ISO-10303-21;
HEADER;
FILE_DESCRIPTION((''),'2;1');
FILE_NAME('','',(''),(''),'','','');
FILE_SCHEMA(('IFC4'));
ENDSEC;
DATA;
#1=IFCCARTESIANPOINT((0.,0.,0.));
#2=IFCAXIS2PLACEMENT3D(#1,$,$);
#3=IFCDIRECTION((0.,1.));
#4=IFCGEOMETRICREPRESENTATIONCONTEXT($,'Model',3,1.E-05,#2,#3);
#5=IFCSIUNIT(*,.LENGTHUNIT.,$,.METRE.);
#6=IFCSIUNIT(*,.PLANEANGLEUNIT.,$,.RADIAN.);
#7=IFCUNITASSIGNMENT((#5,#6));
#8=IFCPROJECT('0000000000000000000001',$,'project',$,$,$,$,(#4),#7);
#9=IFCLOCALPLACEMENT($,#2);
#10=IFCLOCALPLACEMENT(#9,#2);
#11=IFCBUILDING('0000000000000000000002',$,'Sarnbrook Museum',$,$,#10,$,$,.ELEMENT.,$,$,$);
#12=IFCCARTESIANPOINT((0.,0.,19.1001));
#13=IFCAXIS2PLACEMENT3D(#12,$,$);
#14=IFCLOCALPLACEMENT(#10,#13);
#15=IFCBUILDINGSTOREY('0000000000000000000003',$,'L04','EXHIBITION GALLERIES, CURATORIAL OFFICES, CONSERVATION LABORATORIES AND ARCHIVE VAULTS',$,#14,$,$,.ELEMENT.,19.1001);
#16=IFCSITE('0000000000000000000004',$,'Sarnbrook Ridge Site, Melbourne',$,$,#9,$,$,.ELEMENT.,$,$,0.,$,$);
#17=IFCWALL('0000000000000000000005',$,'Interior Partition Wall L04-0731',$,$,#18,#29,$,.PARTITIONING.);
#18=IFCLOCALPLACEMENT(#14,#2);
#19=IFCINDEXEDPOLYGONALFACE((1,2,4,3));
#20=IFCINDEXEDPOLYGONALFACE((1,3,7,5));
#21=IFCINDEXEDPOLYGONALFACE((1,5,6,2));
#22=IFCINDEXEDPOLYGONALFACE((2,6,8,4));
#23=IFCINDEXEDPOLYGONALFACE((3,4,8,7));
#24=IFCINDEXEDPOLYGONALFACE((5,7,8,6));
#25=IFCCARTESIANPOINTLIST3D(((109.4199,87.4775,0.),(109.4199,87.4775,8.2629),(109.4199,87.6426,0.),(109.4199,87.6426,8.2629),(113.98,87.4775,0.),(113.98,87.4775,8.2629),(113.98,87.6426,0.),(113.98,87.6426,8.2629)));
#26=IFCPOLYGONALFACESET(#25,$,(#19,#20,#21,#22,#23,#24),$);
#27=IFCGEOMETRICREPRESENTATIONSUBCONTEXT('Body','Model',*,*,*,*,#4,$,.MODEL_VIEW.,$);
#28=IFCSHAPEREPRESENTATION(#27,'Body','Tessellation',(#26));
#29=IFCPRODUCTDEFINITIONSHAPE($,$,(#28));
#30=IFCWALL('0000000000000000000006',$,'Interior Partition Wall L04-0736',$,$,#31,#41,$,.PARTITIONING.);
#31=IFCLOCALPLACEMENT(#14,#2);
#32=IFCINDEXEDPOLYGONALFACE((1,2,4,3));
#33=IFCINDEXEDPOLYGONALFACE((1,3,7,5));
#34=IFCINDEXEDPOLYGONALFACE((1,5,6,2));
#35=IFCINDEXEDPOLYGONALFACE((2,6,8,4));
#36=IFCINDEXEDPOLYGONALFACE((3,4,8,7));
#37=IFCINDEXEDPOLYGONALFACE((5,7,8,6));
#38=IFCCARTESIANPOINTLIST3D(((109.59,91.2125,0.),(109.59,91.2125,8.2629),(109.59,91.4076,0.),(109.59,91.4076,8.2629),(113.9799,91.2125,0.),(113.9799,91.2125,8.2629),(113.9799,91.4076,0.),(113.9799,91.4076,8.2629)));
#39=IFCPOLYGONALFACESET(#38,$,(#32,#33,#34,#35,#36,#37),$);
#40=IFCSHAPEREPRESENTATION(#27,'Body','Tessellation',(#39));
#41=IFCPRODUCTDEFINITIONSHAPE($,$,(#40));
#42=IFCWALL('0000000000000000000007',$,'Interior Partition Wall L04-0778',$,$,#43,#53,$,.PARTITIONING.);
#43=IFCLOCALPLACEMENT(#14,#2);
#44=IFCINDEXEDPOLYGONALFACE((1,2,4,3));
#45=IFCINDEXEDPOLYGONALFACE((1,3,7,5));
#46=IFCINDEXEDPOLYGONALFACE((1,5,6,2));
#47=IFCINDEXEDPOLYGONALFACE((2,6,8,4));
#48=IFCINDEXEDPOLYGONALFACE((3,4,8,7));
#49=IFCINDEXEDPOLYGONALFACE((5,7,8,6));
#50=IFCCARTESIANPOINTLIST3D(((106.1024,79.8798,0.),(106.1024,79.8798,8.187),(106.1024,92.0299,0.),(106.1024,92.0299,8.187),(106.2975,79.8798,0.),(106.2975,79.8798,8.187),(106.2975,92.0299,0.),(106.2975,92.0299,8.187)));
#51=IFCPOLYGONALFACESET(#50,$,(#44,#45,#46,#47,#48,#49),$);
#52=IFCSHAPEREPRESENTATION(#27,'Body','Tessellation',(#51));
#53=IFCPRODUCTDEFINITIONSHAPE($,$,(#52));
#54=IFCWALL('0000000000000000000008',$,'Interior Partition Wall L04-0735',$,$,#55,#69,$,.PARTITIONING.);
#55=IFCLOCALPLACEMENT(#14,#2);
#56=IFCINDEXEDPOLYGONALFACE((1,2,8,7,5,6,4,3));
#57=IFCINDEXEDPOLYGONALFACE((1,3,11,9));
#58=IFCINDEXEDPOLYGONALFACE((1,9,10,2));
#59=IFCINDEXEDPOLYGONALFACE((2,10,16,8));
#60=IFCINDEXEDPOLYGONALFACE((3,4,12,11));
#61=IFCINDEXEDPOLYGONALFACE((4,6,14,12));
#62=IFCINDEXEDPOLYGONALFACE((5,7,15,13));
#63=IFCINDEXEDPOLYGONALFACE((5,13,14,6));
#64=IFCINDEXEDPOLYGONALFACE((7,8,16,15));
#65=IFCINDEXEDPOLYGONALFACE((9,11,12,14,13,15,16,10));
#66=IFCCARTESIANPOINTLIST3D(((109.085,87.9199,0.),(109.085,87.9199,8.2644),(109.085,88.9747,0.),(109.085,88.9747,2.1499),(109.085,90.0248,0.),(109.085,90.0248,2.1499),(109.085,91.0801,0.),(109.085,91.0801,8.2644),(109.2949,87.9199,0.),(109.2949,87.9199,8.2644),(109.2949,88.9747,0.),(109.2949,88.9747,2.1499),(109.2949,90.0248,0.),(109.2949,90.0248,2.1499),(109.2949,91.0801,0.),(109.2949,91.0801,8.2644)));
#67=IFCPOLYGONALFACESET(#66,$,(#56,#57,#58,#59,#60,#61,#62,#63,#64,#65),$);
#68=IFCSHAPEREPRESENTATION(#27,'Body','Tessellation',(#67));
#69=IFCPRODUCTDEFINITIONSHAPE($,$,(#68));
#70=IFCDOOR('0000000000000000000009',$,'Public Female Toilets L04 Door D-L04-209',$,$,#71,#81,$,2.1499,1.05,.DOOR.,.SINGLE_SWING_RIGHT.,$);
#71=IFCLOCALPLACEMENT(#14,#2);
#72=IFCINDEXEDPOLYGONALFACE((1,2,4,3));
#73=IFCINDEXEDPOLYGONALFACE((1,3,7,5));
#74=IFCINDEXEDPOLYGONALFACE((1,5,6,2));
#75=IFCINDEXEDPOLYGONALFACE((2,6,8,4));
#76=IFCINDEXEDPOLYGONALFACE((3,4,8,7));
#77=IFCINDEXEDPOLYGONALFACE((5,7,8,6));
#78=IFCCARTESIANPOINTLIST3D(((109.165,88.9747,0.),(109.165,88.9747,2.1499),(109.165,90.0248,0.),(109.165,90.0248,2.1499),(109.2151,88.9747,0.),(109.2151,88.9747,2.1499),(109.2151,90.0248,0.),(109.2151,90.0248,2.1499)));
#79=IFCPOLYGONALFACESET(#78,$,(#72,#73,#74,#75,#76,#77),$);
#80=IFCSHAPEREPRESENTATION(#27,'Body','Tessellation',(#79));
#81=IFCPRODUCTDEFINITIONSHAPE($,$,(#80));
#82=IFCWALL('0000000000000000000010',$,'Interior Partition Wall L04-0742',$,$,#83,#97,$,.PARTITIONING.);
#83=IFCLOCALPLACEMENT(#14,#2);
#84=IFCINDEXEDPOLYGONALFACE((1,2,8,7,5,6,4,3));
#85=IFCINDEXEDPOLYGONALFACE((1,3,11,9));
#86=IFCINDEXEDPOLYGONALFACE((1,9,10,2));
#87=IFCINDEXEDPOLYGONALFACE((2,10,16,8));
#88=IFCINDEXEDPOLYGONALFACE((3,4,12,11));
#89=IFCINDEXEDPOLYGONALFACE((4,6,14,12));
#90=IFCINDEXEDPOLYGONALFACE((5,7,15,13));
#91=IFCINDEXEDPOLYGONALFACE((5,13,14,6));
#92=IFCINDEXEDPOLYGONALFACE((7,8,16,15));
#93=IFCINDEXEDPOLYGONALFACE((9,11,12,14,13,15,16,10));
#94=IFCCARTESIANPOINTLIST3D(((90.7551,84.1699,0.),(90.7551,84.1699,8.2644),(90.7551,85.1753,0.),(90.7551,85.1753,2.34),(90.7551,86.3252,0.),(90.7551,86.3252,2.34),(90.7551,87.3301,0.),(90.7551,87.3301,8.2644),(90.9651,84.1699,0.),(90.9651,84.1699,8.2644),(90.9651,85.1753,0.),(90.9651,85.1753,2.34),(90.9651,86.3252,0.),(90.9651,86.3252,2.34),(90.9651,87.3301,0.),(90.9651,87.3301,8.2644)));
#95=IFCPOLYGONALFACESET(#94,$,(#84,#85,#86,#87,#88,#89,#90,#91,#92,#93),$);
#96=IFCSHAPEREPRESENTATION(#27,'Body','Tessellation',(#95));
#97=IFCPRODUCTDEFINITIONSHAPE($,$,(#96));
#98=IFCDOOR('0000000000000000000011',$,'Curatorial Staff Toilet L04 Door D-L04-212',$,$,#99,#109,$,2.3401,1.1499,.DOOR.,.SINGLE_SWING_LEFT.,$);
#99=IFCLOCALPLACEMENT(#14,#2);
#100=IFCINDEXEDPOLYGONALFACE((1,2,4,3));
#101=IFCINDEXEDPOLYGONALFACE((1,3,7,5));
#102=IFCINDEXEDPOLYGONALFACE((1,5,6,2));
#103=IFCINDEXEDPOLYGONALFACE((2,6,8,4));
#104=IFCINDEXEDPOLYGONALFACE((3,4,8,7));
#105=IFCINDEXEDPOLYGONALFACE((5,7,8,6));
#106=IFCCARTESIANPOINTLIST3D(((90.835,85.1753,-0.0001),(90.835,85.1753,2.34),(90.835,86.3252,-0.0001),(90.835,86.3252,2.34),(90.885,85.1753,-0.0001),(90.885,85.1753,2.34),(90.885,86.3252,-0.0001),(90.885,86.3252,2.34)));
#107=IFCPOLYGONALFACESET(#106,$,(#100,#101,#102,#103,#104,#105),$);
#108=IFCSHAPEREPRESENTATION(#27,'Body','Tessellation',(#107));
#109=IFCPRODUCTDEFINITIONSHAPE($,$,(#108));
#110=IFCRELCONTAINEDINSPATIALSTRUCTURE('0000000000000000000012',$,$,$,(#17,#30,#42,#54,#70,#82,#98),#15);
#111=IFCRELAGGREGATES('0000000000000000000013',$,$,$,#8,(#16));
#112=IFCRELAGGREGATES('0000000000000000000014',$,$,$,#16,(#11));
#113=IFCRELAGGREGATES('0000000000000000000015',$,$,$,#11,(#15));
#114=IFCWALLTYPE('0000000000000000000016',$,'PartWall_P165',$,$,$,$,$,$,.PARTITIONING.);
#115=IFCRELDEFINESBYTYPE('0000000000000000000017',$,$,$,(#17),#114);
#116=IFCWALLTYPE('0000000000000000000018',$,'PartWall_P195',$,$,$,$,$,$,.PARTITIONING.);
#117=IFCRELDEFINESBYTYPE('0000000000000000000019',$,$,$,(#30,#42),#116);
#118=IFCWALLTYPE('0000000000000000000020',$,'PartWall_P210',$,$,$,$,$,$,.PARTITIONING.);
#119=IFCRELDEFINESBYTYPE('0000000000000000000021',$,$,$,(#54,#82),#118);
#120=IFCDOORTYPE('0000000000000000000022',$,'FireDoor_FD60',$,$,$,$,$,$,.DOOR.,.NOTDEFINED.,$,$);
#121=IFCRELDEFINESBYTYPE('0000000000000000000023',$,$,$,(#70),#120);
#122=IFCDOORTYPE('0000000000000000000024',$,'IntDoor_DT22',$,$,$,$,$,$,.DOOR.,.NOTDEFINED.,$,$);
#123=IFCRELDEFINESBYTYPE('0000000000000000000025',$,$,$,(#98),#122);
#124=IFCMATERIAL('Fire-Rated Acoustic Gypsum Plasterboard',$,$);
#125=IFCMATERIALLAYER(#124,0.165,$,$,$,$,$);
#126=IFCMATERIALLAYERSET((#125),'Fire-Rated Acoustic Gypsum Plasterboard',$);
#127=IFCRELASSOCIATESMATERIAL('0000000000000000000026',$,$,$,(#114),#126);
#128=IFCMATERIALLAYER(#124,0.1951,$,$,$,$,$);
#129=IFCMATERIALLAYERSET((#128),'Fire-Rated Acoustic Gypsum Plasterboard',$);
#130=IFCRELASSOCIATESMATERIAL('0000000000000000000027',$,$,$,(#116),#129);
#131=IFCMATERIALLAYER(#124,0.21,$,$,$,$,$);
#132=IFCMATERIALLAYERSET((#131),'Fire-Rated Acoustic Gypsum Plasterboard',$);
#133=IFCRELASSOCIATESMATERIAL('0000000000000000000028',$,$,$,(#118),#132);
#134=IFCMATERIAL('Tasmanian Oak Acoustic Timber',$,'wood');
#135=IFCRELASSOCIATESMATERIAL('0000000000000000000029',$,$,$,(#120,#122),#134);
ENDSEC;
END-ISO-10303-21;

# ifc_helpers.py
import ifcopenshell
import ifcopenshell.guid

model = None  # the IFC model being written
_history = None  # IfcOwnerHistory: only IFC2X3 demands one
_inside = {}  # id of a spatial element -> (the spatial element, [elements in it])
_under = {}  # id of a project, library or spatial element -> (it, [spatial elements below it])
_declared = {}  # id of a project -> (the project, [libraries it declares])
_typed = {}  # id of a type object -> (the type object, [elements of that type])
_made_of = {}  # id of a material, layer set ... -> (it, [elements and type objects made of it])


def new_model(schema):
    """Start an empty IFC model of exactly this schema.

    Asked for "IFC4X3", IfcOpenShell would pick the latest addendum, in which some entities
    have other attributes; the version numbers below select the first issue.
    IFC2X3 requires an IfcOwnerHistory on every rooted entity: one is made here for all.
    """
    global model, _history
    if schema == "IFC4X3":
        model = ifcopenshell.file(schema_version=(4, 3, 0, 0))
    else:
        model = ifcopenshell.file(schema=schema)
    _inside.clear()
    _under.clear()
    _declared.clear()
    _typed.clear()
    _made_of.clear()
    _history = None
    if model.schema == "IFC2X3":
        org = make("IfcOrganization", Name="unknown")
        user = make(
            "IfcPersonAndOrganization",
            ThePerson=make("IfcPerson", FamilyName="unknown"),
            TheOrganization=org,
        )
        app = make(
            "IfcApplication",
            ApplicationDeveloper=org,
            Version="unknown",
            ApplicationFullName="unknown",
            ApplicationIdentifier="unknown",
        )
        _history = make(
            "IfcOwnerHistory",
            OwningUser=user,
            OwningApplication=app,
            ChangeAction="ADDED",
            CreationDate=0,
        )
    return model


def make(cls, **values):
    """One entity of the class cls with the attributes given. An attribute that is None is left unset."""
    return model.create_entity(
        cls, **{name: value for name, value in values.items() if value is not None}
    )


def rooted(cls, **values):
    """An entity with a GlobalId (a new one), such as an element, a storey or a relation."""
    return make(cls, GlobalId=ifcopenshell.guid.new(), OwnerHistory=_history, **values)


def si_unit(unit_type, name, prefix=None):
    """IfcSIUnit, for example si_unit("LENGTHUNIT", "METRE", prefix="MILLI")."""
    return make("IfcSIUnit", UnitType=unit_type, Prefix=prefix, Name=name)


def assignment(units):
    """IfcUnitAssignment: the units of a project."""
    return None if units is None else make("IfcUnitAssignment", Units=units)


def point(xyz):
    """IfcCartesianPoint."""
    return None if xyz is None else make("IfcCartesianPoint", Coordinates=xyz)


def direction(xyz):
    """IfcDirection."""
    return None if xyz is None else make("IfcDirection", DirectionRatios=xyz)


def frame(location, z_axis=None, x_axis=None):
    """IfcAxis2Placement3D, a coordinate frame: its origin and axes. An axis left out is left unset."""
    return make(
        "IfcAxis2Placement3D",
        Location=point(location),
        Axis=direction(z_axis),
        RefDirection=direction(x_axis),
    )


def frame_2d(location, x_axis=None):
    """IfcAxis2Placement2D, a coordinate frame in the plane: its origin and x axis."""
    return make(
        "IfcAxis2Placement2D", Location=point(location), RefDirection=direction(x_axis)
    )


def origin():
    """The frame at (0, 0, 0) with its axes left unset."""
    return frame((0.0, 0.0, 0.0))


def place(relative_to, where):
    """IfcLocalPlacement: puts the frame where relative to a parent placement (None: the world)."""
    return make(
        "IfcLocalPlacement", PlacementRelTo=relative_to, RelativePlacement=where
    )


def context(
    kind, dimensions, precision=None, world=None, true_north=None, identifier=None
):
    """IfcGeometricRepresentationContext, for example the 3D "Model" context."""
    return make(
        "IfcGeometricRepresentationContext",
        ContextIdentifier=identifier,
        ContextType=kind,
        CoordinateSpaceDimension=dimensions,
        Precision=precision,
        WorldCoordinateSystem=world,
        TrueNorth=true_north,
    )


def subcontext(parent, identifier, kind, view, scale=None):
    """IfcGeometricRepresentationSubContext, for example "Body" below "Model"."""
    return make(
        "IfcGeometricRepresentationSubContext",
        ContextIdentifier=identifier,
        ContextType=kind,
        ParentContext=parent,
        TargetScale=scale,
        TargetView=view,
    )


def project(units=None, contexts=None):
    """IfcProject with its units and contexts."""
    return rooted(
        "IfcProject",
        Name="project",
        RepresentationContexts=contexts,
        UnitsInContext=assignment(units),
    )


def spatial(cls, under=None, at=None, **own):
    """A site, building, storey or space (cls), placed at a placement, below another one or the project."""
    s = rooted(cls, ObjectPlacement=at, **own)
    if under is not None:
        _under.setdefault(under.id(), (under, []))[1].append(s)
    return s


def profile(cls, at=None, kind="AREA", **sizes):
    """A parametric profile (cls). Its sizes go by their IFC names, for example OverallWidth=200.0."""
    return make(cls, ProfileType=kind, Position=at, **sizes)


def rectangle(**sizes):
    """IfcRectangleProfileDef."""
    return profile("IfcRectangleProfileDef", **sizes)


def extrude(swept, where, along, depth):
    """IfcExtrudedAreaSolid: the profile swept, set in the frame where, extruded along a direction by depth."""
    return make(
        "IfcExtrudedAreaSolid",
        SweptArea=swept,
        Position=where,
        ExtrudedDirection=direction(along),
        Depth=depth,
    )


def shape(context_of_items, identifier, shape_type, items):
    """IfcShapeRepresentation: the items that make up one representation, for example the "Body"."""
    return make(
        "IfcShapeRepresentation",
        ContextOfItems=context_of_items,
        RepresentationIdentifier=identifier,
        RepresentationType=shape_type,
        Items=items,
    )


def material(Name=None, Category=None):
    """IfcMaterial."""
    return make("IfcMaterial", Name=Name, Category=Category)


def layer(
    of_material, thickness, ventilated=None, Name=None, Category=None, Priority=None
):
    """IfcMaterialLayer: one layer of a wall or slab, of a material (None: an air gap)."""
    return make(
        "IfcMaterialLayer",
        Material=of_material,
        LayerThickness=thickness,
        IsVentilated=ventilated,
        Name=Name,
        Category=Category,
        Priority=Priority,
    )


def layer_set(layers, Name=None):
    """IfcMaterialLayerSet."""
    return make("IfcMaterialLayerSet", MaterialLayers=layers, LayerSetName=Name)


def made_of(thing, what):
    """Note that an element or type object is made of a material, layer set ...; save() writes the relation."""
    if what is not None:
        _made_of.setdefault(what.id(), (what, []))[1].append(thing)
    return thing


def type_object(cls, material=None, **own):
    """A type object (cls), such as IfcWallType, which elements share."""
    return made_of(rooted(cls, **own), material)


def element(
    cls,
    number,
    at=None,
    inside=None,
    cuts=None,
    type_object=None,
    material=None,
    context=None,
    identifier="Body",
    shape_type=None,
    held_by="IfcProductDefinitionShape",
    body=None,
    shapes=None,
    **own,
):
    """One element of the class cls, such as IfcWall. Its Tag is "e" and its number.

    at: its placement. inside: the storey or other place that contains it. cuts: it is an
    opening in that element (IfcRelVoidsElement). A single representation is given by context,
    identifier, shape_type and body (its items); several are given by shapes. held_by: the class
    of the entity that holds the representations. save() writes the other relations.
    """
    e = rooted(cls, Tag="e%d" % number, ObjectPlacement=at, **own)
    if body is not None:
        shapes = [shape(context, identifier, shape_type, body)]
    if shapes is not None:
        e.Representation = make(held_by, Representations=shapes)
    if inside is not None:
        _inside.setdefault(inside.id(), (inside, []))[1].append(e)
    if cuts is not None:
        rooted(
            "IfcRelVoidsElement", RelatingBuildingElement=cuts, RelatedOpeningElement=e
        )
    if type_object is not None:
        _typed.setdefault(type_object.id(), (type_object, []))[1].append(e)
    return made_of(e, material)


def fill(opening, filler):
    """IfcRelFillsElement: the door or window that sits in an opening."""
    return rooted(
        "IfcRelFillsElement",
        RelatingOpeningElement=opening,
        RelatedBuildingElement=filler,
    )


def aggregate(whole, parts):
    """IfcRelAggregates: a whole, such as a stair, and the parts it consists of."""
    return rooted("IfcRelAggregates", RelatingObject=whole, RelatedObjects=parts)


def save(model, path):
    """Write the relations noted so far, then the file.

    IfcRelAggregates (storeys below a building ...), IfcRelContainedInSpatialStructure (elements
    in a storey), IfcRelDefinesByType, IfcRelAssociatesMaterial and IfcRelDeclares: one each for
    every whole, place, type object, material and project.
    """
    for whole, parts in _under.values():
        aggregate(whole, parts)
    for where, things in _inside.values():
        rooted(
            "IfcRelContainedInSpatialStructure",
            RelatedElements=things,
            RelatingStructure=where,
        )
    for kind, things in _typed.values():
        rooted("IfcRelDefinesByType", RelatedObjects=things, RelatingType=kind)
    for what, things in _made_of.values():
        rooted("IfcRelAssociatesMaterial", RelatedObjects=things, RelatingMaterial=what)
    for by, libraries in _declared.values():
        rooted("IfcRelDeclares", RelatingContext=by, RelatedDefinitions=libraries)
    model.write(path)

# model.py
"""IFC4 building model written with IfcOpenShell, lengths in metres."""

from ifc_helpers import new_model, si_unit, direction, frame, frame_2d, origin, place, context, subcontext, project, spatial, rectangle, extrude, material, layer, layer_set, type_object, element, fill, save


model = new_model("IFC4")

# Units and contexts
model_context = context("Model", 3, precision=1e-05, world=origin(), true_north=direction((0.0, 1.0)))
body_context = subcontext(model_context, "Body", "Model", "MODEL_VIEW")
ifc_project = project(units=[si_unit("LENGTHUNIT", "METRE"), si_unit("PLANEANGLEUNIT", "RADIAN")], contexts=[model_context])

# Site, building, storey
site_placement = place(None, origin())
site = spatial("IfcSite", under=ifc_project, at=site_placement, Name="Sarnbrook Ridge Site, Melbourne", CompositionType="ELEMENT", RefElevation=0.0)
building_placement = place(site_placement, origin())
building = spatial("IfcBuilding", under=site, at=building_placement, Name="Sarnbrook Museum", CompositionType="ELEMENT")
storey_placement = place(building_placement, frame((0.0, 0.0, 19.1001)))
storey = spatial("IfcBuildingStorey", under=building, at=storey_placement, Name="L04", Description="EXHIBITION GALLERIES, CURATORIAL OFFICES, CONSERVATION LABORATORIES AND ARCHIVE VAULTS", CompositionType="ELEMENT", Elevation=19.1001)

# Shared definitions
ifc_material_1 = material(Name="Fire-Rated Acoustic Gypsum Plasterboard")

# Shared definitions
ifc_material_2 = material(Name="Tasmanian Oak Acoustic Timber", Category="wood")

# Walls
ifc_layer_1 = layer(ifc_material_1, 0.165)
ifc_layer_set_1 = layer_set([ifc_layer_1], Name="Fire-Rated Acoustic Gypsum Plasterboard")
wall_type_1 = type_object("IfcWallType", Name="PartWall_P165", PredefinedType="PARTITIONING", material=ifc_layer_set_1)
wall_1_placement = place(storey_placement, frame((109.4199, 87.5601, 0.0), z_axis=(0.0, 0.0, 1.0), x_axis=(1.0, 0.0, 0.0)))
element("IfcWall", 1, at=wall_1_placement, inside=storey, type_object=wall_type_1, Name="Interior Partition Wall L04-0731", PredefinedType="PARTITIONING", context=body_context, shape_type="SweptSolid", body=[
    extrude(rectangle(XDim=4.5601, YDim=0.165, at=frame_2d((2.28, 0.0))), origin(), (0.0, 0.0, 1.0), 8.2629),
])
ifc_layer_2 = layer(ifc_material_1, 0.1951)
ifc_layer_set_2 = layer_set([ifc_layer_2], Name="Fire-Rated Acoustic Gypsum Plasterboard")
wall_type_2 = type_object("IfcWallType", Name="PartWall_P195", PredefinedType="PARTITIONING", material=ifc_layer_set_2)
wall_2_placement = place(storey_placement, frame((109.5901, 91.3101, 0.0), z_axis=(0.0, 0.0, 1.0), x_axis=(1.0, 0.0, 0.0)))
element("IfcWall", 2, at=wall_2_placement, inside=storey, type_object=wall_type_2, Name="Interior Partition Wall L04-0736", PredefinedType="PARTITIONING", context=body_context, shape_type="SweptSolid", body=[
    extrude(rectangle(XDim=4.3899, YDim=0.1951, at=frame_2d((2.1948, 0.0))), origin(), (0.0, 0.0, 1.0), 8.2629),
])
wall_3_placement = place(storey_placement, frame((106.2, 92.03, 0.0), z_axis=(0.0, 0.0, 1.0), x_axis=(0.0, -1.0, 0.0)))
element("IfcWall", 3, at=wall_3_placement, inside=storey, type_object=wall_type_2, Name="Interior Partition Wall L04-0778", PredefinedType="PARTITIONING", context=body_context, shape_type="SweptSolid", body=[
    extrude(rectangle(XDim=12.1501, YDim=0.1951, at=frame_2d((6.0752, 0.0))), origin(), (0.0, 0.0, 1.0), 8.187),
])

# Walls, openings, doors
ifc_layer_3 = layer(ifc_material_1, 0.21)
ifc_layer_set_3 = layer_set([ifc_layer_3], Name="Fire-Rated Acoustic Gypsum Plasterboard")
wall_type_3 = type_object("IfcWallType", Name="PartWall_P210", PredefinedType="PARTITIONING", material=ifc_layer_set_3)
wall_4_placement = place(storey_placement, frame((109.1899, 87.9199, 0.0), z_axis=(0.0, 0.0, 1.0), x_axis=(0.0, 1.0, 0.0)))
wall_4 = element("IfcWall", 4, at=wall_4_placement, inside=storey, type_object=wall_type_3, Name="Interior Partition Wall L04-0735", PredefinedType="PARTITIONING", context=body_context, shape_type="SweptSolid", body=[
    extrude(rectangle(XDim=3.1602, YDim=0.21, at=frame_2d((1.5801, 0.0))), origin(), (0.0, 0.0, 1.0), 8.2644),
])
opening_1_placement = place(wall_4_placement, frame((1.0549, 0.0, 0.0)))
opening_1 = element("IfcOpeningElement", 5, at=opening_1_placement, cuts=wall_4, PredefinedType="OPENING", context=body_context, shape_type="SweptSolid", body=[
    extrude(rectangle(XDim=1.05, YDim=2.1499, at=frame_2d((0.5249, 1.075))), frame((0.0, 0.115, 0.0), z_axis=(0.0, -1.0, 0.0), x_axis=(1.0, 0.0, 0.0)), (0.0, 0.0, 1.0), 0.23),
])
door_type_1 = type_object("IfcDoorType", Name="FireDoor_FD60", OperationType="NOTDEFINED", PredefinedType="DOOR", material=ifc_material_2)
door_1_placement = place(opening_1_placement, origin())
door_1 = element("IfcDoor", 6, at=door_1_placement, inside=storey, type_object=door_type_1, Name="Public Female Toilets L04 Door D-L04-209", OperationType="SINGLE_SWING_RIGHT", OverallHeight=2.1499, OverallWidth=1.05, PredefinedType="DOOR", context=body_context, shape_type="SweptSolid", body=[
    extrude(rectangle(XDim=1.05, YDim=2.1499, at=frame_2d((0.5249, 1.075))), frame((0.0, 0.0249, 0.0), z_axis=(0.0, -1.0, 0.0), x_axis=(1.0, 0.0, 0.0)), (0.0, 0.0, 1.0), 0.05),
])
fill(opening_1, door_1)
wall_5_placement = place(storey_placement, frame((90.8601, 87.3301, 0.0), z_axis=(0.0, 0.0, 1.0), x_axis=(0.0, -1.0, 0.0)))
wall_5 = element("IfcWall", 7, at=wall_5_placement, inside=storey, type_object=wall_type_3, Name="Interior Partition Wall L04-0742", PredefinedType="PARTITIONING", context=body_context, shape_type="SweptSolid", body=[
    extrude(rectangle(XDim=3.1602, YDim=0.21, at=frame_2d((1.5801, 0.0))), origin(), (0.0, 0.0, 1.0), 8.2644),
])
opening_2_placement = place(wall_5_placement, frame((1.0049, 0.0, 0.0)))
opening_2 = element("IfcOpeningElement", 8, at=opening_2_placement, cuts=wall_5, PredefinedType="OPENING", context=body_context, shape_type="SweptSolid", body=[
    extrude(rectangle(XDim=1.1499, YDim=2.3401, at=frame_2d((0.575, 1.1699))), frame((0.0, 0.115, 0.0), z_axis=(0.0, -1.0, 0.0), x_axis=(1.0, 0.0, 0.0)), (0.0, 0.0, 1.0), 0.23),
])
door_type_2 = type_object("IfcDoorType", Name="IntDoor_DT22", OperationType="NOTDEFINED", PredefinedType="DOOR", material=ifc_material_2)
door_2_placement = place(opening_2_placement, origin())
door_2 = element("IfcDoor", 9, at=door_2_placement, inside=storey, type_object=door_type_2, Name="Curatorial Staff Toilet L04 Door D-L04-212", OperationType="SINGLE_SWING_LEFT", OverallHeight=2.3401, OverallWidth=1.1499, PredefinedType="DOOR", context=body_context, shape_type="SweptSolid", body=[
    extrude(rectangle(XDim=1.1499, YDim=2.3401, at=frame_2d((0.575, 1.1699))), frame((0.0, 0.0249, 0.0), z_axis=(0.0, -1.0, 0.0), x_axis=(1.0, 0.0, 0.0)), (0.0, 0.0, 1.0), 0.05),
])
fill(opening_2, door_2)

save(model, "model.ifc")
